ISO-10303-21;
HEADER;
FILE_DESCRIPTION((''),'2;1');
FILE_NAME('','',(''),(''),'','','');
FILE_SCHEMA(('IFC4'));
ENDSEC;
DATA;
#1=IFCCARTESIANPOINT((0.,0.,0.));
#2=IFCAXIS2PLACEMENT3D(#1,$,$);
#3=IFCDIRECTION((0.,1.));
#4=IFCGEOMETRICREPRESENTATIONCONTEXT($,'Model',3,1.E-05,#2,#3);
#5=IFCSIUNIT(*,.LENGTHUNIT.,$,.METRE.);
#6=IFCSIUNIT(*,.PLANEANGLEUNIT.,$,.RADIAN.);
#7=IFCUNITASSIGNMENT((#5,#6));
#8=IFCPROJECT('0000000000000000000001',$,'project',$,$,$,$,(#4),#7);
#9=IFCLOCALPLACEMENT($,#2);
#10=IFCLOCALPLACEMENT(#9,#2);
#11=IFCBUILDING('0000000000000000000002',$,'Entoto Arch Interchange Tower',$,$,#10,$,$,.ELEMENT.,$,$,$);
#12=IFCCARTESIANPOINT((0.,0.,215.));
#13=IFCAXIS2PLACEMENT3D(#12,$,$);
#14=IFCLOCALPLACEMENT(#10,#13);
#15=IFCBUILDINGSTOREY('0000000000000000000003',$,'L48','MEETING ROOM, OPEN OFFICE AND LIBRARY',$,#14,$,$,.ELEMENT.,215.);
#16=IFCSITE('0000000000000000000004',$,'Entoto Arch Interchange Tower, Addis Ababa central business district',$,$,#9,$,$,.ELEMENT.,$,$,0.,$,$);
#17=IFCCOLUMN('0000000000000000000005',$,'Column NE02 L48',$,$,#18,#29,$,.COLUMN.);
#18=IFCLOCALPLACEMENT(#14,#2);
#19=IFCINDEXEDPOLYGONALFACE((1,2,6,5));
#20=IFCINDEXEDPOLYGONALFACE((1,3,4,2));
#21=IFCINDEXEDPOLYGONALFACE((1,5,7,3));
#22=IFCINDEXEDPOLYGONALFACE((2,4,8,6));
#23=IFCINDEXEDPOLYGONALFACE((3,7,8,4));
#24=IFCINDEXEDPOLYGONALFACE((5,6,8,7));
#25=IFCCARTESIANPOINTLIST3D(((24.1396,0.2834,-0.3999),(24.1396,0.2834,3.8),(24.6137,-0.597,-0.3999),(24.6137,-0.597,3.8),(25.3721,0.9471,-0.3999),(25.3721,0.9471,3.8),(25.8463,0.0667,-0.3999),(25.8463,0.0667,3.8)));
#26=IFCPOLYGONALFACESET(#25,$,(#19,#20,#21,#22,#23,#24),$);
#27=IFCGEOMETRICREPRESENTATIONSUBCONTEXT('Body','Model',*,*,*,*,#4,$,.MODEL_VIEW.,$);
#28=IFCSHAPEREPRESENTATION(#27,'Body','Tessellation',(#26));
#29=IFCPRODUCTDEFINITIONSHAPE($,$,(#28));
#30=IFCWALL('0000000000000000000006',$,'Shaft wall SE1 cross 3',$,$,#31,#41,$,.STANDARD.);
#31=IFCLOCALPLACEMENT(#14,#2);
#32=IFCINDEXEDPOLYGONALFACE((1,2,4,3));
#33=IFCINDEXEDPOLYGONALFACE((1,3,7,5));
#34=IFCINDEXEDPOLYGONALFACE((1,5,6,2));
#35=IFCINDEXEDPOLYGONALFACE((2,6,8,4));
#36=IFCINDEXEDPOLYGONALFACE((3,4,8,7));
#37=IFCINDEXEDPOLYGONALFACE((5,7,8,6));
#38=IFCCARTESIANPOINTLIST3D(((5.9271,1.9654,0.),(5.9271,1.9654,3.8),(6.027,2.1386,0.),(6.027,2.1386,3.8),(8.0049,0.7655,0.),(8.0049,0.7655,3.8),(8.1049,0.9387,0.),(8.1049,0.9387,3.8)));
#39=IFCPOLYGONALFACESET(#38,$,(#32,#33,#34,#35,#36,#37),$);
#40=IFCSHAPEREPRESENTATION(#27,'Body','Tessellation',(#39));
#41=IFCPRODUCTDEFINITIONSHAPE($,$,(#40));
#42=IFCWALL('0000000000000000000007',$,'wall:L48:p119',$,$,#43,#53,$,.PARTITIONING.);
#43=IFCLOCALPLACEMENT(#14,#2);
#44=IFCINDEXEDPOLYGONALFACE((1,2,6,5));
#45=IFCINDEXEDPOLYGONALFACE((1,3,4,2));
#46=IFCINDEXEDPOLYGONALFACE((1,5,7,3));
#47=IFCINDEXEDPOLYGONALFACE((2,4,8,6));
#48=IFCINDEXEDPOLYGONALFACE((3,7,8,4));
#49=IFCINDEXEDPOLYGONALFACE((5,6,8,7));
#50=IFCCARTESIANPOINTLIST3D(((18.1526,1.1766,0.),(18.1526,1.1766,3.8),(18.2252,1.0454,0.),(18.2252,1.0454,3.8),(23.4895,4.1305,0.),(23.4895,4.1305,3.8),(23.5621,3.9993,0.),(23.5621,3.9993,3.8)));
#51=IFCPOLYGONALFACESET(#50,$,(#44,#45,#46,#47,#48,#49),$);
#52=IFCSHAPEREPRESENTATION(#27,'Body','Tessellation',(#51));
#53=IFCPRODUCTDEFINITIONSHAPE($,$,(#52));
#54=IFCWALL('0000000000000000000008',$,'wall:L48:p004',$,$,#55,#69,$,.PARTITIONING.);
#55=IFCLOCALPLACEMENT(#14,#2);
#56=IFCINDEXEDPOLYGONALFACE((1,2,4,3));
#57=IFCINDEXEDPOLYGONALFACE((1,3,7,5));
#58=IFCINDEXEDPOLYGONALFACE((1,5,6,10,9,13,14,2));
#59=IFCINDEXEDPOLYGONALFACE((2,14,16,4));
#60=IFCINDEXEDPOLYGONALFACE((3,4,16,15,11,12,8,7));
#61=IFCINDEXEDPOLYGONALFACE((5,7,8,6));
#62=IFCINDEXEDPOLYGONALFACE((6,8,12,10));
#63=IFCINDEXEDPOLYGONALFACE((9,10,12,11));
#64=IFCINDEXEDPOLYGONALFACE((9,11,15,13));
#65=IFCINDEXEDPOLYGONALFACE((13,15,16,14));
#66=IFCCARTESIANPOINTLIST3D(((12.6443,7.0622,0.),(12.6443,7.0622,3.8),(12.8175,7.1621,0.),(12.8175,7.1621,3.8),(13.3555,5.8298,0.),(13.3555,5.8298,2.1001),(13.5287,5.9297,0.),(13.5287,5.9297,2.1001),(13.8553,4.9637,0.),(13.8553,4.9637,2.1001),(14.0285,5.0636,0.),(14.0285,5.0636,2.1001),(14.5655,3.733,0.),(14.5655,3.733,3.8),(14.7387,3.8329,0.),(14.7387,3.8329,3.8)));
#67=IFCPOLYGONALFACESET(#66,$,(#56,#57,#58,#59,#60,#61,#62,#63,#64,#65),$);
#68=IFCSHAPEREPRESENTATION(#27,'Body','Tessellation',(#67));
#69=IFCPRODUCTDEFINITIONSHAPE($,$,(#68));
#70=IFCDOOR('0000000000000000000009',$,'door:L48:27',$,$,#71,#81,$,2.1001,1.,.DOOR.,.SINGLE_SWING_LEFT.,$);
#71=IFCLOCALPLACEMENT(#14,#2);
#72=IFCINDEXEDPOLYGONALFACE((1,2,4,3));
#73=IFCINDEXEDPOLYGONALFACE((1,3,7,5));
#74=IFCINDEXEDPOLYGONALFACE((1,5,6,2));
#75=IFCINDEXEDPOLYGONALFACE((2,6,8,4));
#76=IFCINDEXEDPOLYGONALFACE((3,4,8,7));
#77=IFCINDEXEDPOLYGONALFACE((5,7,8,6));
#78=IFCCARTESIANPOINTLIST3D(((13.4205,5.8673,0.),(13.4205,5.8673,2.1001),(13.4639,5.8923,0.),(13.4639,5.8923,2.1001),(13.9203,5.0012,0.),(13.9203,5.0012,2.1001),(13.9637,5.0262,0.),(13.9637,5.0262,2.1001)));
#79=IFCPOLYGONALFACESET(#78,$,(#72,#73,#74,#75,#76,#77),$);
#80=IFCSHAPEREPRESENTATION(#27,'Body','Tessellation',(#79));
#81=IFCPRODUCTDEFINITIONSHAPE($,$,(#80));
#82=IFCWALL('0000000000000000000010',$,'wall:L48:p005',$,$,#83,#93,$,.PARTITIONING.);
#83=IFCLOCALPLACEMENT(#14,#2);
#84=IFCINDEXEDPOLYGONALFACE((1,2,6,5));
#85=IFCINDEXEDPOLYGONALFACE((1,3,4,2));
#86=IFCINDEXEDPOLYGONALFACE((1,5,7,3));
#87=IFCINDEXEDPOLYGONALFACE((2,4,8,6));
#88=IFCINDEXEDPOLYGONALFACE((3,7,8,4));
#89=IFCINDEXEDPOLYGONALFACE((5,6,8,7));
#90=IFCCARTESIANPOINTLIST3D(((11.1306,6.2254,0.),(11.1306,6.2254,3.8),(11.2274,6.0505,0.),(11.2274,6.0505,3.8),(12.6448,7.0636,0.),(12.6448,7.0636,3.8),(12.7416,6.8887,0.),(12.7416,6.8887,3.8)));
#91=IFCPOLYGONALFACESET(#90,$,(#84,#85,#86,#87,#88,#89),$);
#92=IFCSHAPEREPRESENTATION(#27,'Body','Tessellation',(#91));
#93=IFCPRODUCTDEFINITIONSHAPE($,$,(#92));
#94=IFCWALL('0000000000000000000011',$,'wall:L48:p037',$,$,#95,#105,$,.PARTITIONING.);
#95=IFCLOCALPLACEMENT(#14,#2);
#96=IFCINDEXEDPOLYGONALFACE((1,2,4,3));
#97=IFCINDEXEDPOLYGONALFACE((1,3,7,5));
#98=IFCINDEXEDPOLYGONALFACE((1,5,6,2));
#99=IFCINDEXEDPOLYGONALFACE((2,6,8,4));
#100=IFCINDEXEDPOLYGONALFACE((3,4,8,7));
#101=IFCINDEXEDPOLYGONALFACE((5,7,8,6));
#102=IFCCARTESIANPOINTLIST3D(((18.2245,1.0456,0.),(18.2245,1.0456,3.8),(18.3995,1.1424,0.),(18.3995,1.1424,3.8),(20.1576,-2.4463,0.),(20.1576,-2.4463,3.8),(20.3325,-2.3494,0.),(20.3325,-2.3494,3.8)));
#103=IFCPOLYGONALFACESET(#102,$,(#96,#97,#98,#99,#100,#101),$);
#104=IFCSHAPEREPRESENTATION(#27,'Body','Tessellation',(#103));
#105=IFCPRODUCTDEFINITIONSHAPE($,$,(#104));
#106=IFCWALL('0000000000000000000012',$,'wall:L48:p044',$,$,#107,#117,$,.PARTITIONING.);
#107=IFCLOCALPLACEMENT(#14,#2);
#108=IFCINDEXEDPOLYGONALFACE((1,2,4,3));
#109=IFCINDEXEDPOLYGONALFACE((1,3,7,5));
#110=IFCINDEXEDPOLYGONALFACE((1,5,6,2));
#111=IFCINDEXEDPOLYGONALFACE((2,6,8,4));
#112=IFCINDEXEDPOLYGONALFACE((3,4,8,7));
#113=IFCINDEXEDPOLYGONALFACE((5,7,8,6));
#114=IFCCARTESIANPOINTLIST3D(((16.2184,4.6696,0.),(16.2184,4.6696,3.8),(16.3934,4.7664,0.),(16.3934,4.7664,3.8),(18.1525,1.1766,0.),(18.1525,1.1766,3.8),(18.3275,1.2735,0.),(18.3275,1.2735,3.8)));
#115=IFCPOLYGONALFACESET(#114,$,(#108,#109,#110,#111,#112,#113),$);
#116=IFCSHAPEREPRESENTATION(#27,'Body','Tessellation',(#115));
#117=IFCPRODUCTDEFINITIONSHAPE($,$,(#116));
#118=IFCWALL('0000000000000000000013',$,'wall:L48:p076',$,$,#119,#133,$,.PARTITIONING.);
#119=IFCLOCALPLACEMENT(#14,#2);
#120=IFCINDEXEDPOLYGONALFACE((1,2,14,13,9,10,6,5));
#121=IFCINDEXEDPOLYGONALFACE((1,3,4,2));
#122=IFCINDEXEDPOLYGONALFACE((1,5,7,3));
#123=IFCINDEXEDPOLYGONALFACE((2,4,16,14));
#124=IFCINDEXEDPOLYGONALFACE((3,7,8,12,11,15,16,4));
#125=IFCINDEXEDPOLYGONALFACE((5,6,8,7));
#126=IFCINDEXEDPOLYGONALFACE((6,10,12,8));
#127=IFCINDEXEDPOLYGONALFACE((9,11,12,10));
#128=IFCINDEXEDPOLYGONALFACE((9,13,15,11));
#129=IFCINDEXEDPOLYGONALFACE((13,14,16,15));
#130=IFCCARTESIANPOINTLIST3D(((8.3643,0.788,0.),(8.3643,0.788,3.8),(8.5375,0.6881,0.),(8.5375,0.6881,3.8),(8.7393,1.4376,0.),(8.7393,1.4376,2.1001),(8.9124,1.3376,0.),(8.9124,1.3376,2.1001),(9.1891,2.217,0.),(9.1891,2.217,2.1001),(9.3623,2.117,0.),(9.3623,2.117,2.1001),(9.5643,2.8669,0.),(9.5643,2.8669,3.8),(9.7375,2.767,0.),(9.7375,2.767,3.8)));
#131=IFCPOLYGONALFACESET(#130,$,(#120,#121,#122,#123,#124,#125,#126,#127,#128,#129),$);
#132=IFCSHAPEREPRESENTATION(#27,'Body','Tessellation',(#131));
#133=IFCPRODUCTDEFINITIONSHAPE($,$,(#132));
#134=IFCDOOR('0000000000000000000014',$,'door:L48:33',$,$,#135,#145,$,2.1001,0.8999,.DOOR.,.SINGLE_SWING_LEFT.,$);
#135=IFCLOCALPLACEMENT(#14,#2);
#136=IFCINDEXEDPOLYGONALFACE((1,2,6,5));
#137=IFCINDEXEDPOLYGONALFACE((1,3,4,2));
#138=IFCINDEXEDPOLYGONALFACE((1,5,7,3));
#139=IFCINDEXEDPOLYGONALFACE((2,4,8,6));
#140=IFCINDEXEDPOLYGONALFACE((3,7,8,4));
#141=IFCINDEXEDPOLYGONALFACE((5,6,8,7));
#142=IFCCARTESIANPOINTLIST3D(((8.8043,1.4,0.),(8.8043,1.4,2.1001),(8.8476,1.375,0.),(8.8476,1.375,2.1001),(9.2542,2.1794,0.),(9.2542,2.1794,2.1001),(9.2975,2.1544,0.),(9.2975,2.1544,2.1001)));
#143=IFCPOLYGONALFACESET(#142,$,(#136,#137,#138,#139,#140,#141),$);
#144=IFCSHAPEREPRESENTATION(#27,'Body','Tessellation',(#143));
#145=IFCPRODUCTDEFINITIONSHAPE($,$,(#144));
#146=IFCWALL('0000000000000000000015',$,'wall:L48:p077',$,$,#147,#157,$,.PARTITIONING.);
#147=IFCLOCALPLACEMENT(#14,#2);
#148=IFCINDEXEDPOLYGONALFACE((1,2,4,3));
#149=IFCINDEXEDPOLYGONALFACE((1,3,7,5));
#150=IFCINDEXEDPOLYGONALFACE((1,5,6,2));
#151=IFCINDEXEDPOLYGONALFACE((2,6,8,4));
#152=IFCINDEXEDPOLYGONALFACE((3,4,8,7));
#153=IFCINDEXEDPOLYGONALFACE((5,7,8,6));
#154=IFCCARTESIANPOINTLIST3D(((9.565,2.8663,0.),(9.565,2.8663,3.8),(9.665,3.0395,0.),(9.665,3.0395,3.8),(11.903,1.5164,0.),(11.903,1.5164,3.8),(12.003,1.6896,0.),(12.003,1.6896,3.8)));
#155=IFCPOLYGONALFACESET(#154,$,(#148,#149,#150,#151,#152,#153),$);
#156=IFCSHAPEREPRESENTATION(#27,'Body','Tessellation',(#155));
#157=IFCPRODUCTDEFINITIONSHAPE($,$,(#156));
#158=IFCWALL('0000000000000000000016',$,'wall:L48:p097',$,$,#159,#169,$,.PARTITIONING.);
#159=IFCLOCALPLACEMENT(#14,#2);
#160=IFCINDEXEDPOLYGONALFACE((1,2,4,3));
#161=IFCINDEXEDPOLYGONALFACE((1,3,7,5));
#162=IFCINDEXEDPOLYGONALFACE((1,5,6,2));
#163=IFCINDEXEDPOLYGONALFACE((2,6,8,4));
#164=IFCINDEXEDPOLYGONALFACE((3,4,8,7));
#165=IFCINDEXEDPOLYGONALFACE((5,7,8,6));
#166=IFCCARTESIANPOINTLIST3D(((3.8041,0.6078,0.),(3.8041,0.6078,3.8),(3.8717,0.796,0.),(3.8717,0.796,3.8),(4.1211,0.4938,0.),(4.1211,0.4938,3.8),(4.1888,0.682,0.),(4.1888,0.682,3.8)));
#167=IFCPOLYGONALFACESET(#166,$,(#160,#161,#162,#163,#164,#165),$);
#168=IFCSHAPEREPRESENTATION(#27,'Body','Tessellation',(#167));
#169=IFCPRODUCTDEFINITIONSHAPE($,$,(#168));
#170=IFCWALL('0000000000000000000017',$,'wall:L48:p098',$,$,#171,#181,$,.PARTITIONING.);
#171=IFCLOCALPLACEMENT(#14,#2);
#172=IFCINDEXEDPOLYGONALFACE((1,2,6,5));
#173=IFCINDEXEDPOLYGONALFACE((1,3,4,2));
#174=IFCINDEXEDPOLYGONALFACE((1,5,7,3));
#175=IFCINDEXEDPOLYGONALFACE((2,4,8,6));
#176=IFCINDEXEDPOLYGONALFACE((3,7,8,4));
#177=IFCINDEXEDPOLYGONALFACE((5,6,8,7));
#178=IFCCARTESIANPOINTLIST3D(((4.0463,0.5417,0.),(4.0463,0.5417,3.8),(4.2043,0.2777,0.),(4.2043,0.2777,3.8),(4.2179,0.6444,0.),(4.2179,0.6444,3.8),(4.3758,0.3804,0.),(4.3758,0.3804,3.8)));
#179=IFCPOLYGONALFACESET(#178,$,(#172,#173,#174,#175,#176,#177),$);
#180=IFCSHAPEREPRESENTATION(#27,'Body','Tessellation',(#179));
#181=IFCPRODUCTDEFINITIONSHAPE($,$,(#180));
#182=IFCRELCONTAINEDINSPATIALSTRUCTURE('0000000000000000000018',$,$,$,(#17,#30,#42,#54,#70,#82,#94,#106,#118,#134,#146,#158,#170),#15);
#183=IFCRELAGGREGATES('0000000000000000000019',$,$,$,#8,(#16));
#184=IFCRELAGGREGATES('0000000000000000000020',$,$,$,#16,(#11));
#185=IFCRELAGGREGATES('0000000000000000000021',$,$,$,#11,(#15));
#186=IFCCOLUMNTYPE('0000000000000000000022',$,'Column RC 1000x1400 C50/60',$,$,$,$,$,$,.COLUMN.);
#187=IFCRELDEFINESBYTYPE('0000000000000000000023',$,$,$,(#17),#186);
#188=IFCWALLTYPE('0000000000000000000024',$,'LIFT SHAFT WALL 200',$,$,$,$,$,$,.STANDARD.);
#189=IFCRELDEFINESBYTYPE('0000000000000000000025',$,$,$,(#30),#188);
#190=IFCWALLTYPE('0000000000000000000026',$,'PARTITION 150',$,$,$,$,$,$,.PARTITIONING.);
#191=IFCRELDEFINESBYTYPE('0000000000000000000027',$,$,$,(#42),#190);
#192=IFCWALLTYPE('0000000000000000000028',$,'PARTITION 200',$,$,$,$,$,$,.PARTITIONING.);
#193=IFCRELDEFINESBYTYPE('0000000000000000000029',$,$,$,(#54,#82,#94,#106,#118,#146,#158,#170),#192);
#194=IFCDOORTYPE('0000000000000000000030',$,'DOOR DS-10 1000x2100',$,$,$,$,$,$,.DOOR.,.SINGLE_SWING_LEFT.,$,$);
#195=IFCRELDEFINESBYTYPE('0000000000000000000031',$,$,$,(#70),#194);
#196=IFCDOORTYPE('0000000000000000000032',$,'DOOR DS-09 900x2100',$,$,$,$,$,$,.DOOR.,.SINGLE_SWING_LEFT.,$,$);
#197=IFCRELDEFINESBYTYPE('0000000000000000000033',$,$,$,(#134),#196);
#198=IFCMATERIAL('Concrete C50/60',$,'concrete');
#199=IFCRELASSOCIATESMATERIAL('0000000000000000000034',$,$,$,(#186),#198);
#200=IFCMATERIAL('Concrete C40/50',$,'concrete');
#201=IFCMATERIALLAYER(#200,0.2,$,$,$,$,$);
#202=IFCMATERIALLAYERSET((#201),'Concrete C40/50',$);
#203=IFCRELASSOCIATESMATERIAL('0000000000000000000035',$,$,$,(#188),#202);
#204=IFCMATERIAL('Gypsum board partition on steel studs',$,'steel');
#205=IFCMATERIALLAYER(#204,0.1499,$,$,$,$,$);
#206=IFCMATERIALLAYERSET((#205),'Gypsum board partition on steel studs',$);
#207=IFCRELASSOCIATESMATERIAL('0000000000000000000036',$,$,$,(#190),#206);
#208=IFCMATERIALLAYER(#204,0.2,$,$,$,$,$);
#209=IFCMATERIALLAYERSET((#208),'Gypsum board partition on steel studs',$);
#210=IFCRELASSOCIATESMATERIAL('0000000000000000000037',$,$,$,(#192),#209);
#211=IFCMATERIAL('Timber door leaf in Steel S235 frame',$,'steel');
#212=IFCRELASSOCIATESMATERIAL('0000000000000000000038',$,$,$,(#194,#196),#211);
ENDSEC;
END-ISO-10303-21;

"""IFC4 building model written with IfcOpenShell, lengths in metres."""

from ifc_helpers import new_model, si_unit, direction, frame, frame_2d, origin, origin_2d, place, context, subcontext, project, spatial, rectangle, extrude, material, layer, layer_set, material_profile, profile_set, type_object, element, fill, save


model = new_model("IFC4")

# Units and contexts
model_context = context("Model", 3, precision=1e-05, world=origin(), true_north=direction((0.0, 1.0)))
body_context = subcontext(model_context, "Body", "Model", "MODEL_VIEW")
ifc_project = project(units=[si_unit("LENGTHUNIT", "METRE"), si_unit("PLANEANGLEUNIT", "RADIAN")], contexts=[model_context])

# Site, building, storey
site_placement = place(None, origin())
site = spatial("IfcSite", under=ifc_project, at=site_placement, Name="Entoto Arch Interchange Tower, Addis Ababa central business district", CompositionType="ELEMENT", RefElevation=0.0)
building_placement = place(site_placement, origin())
building = spatial("IfcBuilding", under=site, at=building_placement, Name="Entoto Arch Interchange Tower", CompositionType="ELEMENT")
storey_placement = place(building_placement, frame((0.0, 0.0, 215.0)))
storey = spatial("IfcBuildingStorey", under=building, at=storey_placement, Name="L48", Description="MEETING ROOM, OPEN OFFICE AND LIBRARY", CompositionType="ELEMENT", Elevation=215.0)

# Column
ifc_material_1 = material(Name="Concrete C50/60", Category="concrete")
ifc_material_profile = material_profile(ifc_material_1, rectangle(XDim=1.0, YDim=1.3999, at=origin_2d()))
ifc_profile_set = profile_set([ifc_material_profile], Name="Concrete C50/60")
column_type = type_object("IfcColumnType", Name="Column RC 1000x1400 C50/60", PredefinedType="COLUMN", material=ifc_profile_set)
column_placement = place(storey_placement, frame((24.9929, 0.175, -0.3999), z_axis=(0.0, 0.0, 1.0), x_axis=(-0.474134, 0.880453, 0.0)))
element("IfcColumn", 1, at=column_placement, inside=storey, type_object=column_type, Name="Column NE02 L48", PredefinedType="COLUMN", context=body_context, shape_type="SweptSolid", body=[
    extrude(rectangle(XDim=1.0, YDim=1.3999, at=origin_2d()), origin(), (0.0, 0.0, 1.0), 4.2),
])

# Walls
ifc_material_2 = material(Name="Concrete C40/50", Category="concrete")
ifc_layer_1 = layer(ifc_material_2, 0.2)
ifc_layer_set_1 = layer_set([ifc_layer_1], Name="Concrete C40/50")
wall_type_1 = type_object("IfcWallType", Name="LIFT SHAFT WALL 200", PredefinedType="STANDARD", material=ifc_layer_set_1)
wall_1_placement = place(storey_placement, frame((5.9771, 2.052, 0.0), z_axis=(0.0, 0.0, 1.0), x_axis=(0.865974, -0.500089, 0.0)))
element("IfcWall", 2, at=wall_1_placement, inside=storey, type_object=wall_type_1, Name="Shaft wall SE1 cross 3", PredefinedType="STANDARD", context=body_context, shape_type="SweptSolid", body=[
    extrude(rectangle(XDim=2.3994, YDim=0.2, at=frame_2d((1.1997, 0.0))), origin(), (0.0, 0.0, 1.0), 3.8),
])
ifc_material_3 = material(Name="Gypsum board partition on steel studs", Category="steel")
ifc_layer_2 = layer(ifc_material_3, 0.1499)
ifc_layer_set_2 = layer_set([ifc_layer_2], Name="Gypsum board partition on steel studs")
wall_type_2 = type_object("IfcWallType", Name="PARTITION 150", PredefinedType="PARTITIONING", material=ifc_layer_set_2)
wall_2_placement = place(storey_placement, frame((18.189, 1.1111, 0.0), z_axis=(0.0, 0.0, 1.0), x_axis=(0.874928, 0.484252, 0.0)))
element("IfcWall", 3, at=wall_2_placement, inside=storey, type_object=wall_type_2, Name="wall:L48:p119", PredefinedType="PARTITIONING", context=body_context, shape_type="SweptSolid", body=[
    extrude(rectangle(XDim=6.0999, YDim=0.1499, at=frame_2d((3.0498, 0.0))), origin(), (0.0, 0.0, 1.0), 3.8),
])

# Wall, opening, door
ifc_layer_3 = layer(ifc_material_3, 0.2)
ifc_layer_set_3 = layer_set([ifc_layer_3], Name="Gypsum board partition on steel studs")
wall_type_3 = type_object("IfcWallType", Name="PARTITION 200", PredefinedType="PARTITIONING", material=ifc_layer_set_3)
wall_3_placement = place(storey_placement, frame((14.6521, 3.783, 0.0), z_axis=(0.0, 0.0, 1.0), x_axis=(-0.499821, 0.866128, 0.0)))
wall_3 = element("IfcWall", 4, at=wall_3_placement, inside=storey, type_object=wall_type_3, Name="wall:L48:p004", PredefinedType="PARTITIONING", context=body_context, shape_type="SweptSolid", body=[
    extrude(rectangle(XDim=3.8438, YDim=0.2, at=frame_2d((1.9219, 0.0))), origin(), (0.0, 0.0, 1.0), 3.8),
])
opening_1_placement = place(wall_3_placement, frame((1.4209, 0.0, 0.0)))
opening_1 = element("IfcOpeningElement", 5, at=opening_1_placement, cuts=wall_3, PredefinedType="OPENING", context=body_context, shape_type="SweptSolid", body=[
    extrude(rectangle(XDim=1.0, YDim=2.1001, at=frame_2d((0.5, 1.05))), frame((0.0, 0.1099, 0.0), z_axis=(0.0, -1.0, 0.0), x_axis=(1.0, 0.0, 0.0)), (0.0, 0.0, 1.0), 0.22),
])
ifc_material_4 = material(Name="Timber door leaf in Steel S235 frame", Category="steel")
door_type_1 = type_object("IfcDoorType", Name="DOOR DS-10 1000x2100", OperationType="SINGLE_SWING_LEFT", PredefinedType="DOOR", material=ifc_material_4)
door_1_placement = place(opening_1_placement, origin())
door_1 = element("IfcDoor", 6, at=door_1_placement, inside=storey, type_object=door_type_1, Name="door:L48:27", OperationType="SINGLE_SWING_LEFT", OverallHeight=2.1001, OverallWidth=1.0, PredefinedType="DOOR", context=body_context, shape_type="SweptSolid", body=[
    extrude(rectangle(XDim=1.0, YDim=2.1001, at=frame_2d((0.5, 1.05))), frame((0.0, 0.0249, 0.0), z_axis=(0.0, -1.0, 0.0), x_axis=(1.0, 0.0, 0.0)), (0.0, 0.0, 1.0), 0.05),
])
fill(opening_1, door_1)

# Walls
wall_4_placement = place(storey_placement, frame((12.6931, 6.9761, 0.0), z_axis=(0.0, 0.0, 1.0), x_axis=(-0.874908, -0.484289, 0.0)))
element("IfcWall", 7, at=wall_4_placement, inside=storey, type_object=wall_type_3, Name="wall:L48:p005", PredefinedType="PARTITIONING", context=body_context, shape_type="SweptSolid", body=[
    extrude(rectangle(XDim=1.7307, YDim=0.2, at=frame_2d((0.8652, 0.0))), origin(), (0.0, 0.0, 1.0), 3.8),
])
wall_5_placement = place(storey_placement, frame((18.312, 1.094, 0.0), z_axis=(0.0, 0.0, 1.0), x_axis=(0.484328, -0.874886, 0.0)))
element("IfcWall", 8, at=wall_5_placement, inside=storey, type_object=wall_type_3, Name="wall:L48:p037", PredefinedType="PARTITIONING", context=body_context, shape_type="SweptSolid", body=[
    extrude(rectangle(XDim=3.9912, YDim=0.2, at=frame_2d((1.9956, 0.0))), origin(), (0.0, 0.0, 1.0), 3.8),
])
wall_6_placement = place(storey_placement, frame((16.3059, 4.718, 0.0), z_axis=(0.0, 0.0, 1.0), x_axis=(0.484412, -0.87484, 0.0)))
element("IfcWall", 9, at=wall_6_placement, inside=storey, type_object=wall_type_3, Name="wall:L48:p044", PredefinedType="PARTITIONING", context=body_context, shape_type="SweptSolid", body=[
    extrude(rectangle(XDim=3.9927, YDim=0.2, at=frame_2d((1.9963, 0.0))), origin(), (0.0, 0.0, 1.0), 3.8),
])

# Wall, opening, door
wall_7_placement = place(storey_placement, frame((8.4509, 0.738, 0.0), z_axis=(0.0, 0.0, 1.0), x_axis=(0.499913, 0.866075, 0.0)))
wall_7 = element("IfcWall", 10, at=wall_7_placement, inside=storey, type_object=wall_type_3, Name="wall:L48:p076", PredefinedType="PARTITIONING", context=body_context, shape_type="SweptSolid", body=[
    extrude(rectangle(XDim=2.4004, YDim=0.2, at=frame_2d((1.2002, 0.0))), origin(), (0.0, 0.0, 1.0), 3.8),
])
opening_2_placement = place(wall_7_placement, frame((0.75, 0.0, 0.0)))
opening_2 = element("IfcOpeningElement", 11, at=opening_2_placement, cuts=wall_7, PredefinedType="OPENING", context=body_context, shape_type="SweptSolid", body=[
    extrude(rectangle(XDim=0.8999, YDim=2.1001, at=frame_2d((0.45, 1.05))), frame((0.0, 0.1099, 0.0), z_axis=(0.0, -1.0, 0.0), x_axis=(1.0, 0.0, 0.0)), (0.0, 0.0, 1.0), 0.22),
])
door_type_2 = type_object("IfcDoorType", Name="DOOR DS-09 900x2100", OperationType="SINGLE_SWING_LEFT", PredefinedType="DOOR", material=ifc_material_4)
door_2_placement = place(opening_2_placement, origin())
door_2 = element("IfcDoor", 12, at=door_2_placement, inside=storey, type_object=door_type_2, Name="door:L48:33", OperationType="SINGLE_SWING_LEFT", OverallHeight=2.1001, OverallWidth=0.8999, PredefinedType="DOOR", context=body_context, shape_type="SweptSolid", body=[
    extrude(rectangle(XDim=0.8999, YDim=2.1001, at=frame_2d((0.45, 1.05))), frame((0.0, 0.0249, 0.0), z_axis=(0.0, -1.0, 0.0), x_axis=(1.0, 0.0, 0.0)), (0.0, 0.0, 1.0), 0.05),
])
fill(opening_2, door_2)

# Walls
wall_8_placement = place(storey_placement, frame((9.615, 2.9529, 0.0), z_axis=(0.0, 0.0, 1.0), x_axis=(0.866014, -0.50002, 0.0)))
element("IfcWall", 13, at=wall_8_placement, inside=storey, type_object=wall_type_3, Name="wall:L48:p077", PredefinedType="PARTITIONING", context=body_context, shape_type="SweptSolid", body=[
    extrude(rectangle(XDim=2.6997, YDim=0.2, at=frame_2d((1.3499, 0.0))), origin(), (0.0, 0.0, 1.0), 3.8),
])
wall_9_placement = place(storey_placement, frame((3.8379, 0.7019, 0.0), z_axis=(0.0, 0.0, 1.0), x_axis=(0.941035, -0.338309, 0.0)))
element("IfcWall", 14, at=wall_9_placement, inside=storey, type_object=wall_type_3, Name="wall:L48:p097", PredefinedType="PARTITIONING", context=body_context, shape_type="SweptSolid", body=[
    extrude(rectangle(XDim=0.3369, YDim=0.2, at=frame_2d((0.1685, 0.0))), origin(), (0.0, 0.0, 1.0), 3.8),
])
wall_10_placement = place(storey_placement, frame((4.1321, 0.593, 0.0), z_axis=(0.0, 0.0, 1.0), x_axis=(0.513562, -0.858053, 0.0)))
element("IfcWall", 15, at=wall_10_placement, inside=storey, type_object=wall_type_3, Name="wall:L48:p098", PredefinedType="PARTITIONING", context=body_context, shape_type="SweptSolid", body=[
    extrude(rectangle(XDim=0.3076, YDim=0.2, at=frame_2d((0.1538, 0.0))), origin(), (0.0, 0.0, 1.0), 3.8),
])

save(model, "model.ifc")
